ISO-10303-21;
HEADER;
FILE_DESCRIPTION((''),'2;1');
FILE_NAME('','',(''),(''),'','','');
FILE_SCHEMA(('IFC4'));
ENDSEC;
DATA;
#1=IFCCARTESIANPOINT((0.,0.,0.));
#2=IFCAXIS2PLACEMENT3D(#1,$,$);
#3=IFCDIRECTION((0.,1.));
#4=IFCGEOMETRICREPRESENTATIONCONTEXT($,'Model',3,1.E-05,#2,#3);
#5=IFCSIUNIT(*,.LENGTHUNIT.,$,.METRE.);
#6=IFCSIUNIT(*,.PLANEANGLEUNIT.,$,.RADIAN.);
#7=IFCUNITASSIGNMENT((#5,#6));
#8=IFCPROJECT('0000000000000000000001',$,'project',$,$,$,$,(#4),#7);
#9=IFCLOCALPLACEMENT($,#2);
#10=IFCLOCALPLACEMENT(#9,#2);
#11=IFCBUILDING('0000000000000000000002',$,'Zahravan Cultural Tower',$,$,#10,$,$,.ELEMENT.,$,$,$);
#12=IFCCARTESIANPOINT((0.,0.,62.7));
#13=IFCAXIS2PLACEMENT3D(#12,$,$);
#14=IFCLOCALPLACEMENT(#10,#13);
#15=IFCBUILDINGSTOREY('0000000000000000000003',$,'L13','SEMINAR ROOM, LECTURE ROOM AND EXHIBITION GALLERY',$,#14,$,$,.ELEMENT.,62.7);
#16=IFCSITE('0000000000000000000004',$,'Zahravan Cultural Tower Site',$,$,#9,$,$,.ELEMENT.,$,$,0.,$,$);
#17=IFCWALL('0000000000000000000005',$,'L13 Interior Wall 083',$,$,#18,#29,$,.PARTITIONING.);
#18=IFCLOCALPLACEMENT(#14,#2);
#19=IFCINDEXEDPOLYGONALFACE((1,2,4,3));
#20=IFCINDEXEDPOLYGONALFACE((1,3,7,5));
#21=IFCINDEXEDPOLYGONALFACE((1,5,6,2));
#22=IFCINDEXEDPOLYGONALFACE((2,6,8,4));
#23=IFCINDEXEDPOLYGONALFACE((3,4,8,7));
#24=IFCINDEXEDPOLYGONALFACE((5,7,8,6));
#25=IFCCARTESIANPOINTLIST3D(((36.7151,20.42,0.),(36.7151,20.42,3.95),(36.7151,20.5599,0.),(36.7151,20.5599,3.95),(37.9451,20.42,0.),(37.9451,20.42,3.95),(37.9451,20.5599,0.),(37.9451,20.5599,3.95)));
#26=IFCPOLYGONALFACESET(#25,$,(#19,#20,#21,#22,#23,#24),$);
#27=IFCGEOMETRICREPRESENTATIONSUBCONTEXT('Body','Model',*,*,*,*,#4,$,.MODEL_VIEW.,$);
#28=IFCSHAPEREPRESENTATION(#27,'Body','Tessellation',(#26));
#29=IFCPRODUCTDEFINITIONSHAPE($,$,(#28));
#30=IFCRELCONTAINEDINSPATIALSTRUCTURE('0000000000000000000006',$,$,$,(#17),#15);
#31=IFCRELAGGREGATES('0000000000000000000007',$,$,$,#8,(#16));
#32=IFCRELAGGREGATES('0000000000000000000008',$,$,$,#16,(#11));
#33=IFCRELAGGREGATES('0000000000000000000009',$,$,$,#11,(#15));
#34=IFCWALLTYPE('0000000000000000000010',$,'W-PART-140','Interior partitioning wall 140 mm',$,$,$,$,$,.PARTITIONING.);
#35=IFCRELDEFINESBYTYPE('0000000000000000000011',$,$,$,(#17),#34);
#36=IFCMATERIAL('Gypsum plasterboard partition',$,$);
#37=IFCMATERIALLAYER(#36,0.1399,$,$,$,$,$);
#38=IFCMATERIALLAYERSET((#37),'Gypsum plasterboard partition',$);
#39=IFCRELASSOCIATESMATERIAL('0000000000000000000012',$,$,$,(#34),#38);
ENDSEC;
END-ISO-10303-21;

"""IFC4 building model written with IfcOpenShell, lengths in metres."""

from ifc_helpers import new_model, si_unit, direction, frame, frame_2d, origin, place, context, subcontext, project, spatial, rectangle, extrude, source, transform, mapped, material, layer, layer_set, type_object, element, save


model = new_model("IFC4")

# Units and contexts
model_context = context("Model", 3, precision=1e-05, world=origin(), true_north=direction((0.0, 1.0)))
body_context = subcontext(model_context, "Body", "Model", "MODEL_VIEW")
ifc_project = project(units=[si_unit("LENGTHUNIT", "METRE"), si_unit("PLANEANGLEUNIT", "RADIAN")], contexts=[model_context])

# Site, building, storey
site_placement = place(None, origin())
site = spatial("IfcSite", under=ifc_project, at=site_placement, Name="Zahravan Cultural Tower Site", CompositionType="ELEMENT", RefElevation=0.0)
building_placement = place(site_placement, origin())
building = spatial("IfcBuilding", under=site, at=building_placement, Name="Zahravan Cultural Tower", CompositionType="ELEMENT")
storey_placement = place(building_placement, frame((0.0, 0.0, 62.7)))
storey = spatial("IfcBuildingStorey", under=building, at=storey_placement, Name="L13", Description="SEMINAR ROOM, LECTURE ROOM AND EXHIBITION GALLERY", CompositionType="ELEMENT", Elevation=62.7)

# Shared definitions
ifc_material_1 = material(Name="Gypsum plasterboard partition")
ifc_layer_1 = layer(ifc_material_1, 0.1399)
ifc_layer_set_1 = layer_set([ifc_layer_1], Name="Gypsum plasterboard partition")
wall_type_1 = type_object("IfcWallType", Name="W-PART-140", Description="Interior partitioning wall 140 mm", PredefinedType="PARTITIONING", material=ifc_layer_set_1)

# Wall
shared_shape_1 = source(origin(), body_context, "Body", "SweptSolid", [
    extrude(rectangle(XDim=1.23, YDim=0.1399, at=frame_2d((0.615, 0.0))), origin(), (0.0, 0.0, 1.0), 3.95),
])
wall_1_placement = place(storey_placement, frame((37.9451, 20.49, 0.0), z_axis=(0.0, 0.0, 1.0), x_axis=(-1.0, 0.0, 0.0)))
element("IfcWall", 1, at=wall_1_placement, inside=storey, type_object=wall_type_1, Name="L13 Interior Wall 083", PredefinedType="PARTITIONING", context=body_context, shape_type="MappedRepresentation", body=[
    mapped(shared_shape_1, transform((0.0, 0.0, 0.0), x_axis=(1.0, 0.0, 0.0), y_axis=(0.0, 1.0, 0.0), z_axis=(0.0, 0.0, 1.0), scale=1.0)),
])

save(model, "model.ifc")
